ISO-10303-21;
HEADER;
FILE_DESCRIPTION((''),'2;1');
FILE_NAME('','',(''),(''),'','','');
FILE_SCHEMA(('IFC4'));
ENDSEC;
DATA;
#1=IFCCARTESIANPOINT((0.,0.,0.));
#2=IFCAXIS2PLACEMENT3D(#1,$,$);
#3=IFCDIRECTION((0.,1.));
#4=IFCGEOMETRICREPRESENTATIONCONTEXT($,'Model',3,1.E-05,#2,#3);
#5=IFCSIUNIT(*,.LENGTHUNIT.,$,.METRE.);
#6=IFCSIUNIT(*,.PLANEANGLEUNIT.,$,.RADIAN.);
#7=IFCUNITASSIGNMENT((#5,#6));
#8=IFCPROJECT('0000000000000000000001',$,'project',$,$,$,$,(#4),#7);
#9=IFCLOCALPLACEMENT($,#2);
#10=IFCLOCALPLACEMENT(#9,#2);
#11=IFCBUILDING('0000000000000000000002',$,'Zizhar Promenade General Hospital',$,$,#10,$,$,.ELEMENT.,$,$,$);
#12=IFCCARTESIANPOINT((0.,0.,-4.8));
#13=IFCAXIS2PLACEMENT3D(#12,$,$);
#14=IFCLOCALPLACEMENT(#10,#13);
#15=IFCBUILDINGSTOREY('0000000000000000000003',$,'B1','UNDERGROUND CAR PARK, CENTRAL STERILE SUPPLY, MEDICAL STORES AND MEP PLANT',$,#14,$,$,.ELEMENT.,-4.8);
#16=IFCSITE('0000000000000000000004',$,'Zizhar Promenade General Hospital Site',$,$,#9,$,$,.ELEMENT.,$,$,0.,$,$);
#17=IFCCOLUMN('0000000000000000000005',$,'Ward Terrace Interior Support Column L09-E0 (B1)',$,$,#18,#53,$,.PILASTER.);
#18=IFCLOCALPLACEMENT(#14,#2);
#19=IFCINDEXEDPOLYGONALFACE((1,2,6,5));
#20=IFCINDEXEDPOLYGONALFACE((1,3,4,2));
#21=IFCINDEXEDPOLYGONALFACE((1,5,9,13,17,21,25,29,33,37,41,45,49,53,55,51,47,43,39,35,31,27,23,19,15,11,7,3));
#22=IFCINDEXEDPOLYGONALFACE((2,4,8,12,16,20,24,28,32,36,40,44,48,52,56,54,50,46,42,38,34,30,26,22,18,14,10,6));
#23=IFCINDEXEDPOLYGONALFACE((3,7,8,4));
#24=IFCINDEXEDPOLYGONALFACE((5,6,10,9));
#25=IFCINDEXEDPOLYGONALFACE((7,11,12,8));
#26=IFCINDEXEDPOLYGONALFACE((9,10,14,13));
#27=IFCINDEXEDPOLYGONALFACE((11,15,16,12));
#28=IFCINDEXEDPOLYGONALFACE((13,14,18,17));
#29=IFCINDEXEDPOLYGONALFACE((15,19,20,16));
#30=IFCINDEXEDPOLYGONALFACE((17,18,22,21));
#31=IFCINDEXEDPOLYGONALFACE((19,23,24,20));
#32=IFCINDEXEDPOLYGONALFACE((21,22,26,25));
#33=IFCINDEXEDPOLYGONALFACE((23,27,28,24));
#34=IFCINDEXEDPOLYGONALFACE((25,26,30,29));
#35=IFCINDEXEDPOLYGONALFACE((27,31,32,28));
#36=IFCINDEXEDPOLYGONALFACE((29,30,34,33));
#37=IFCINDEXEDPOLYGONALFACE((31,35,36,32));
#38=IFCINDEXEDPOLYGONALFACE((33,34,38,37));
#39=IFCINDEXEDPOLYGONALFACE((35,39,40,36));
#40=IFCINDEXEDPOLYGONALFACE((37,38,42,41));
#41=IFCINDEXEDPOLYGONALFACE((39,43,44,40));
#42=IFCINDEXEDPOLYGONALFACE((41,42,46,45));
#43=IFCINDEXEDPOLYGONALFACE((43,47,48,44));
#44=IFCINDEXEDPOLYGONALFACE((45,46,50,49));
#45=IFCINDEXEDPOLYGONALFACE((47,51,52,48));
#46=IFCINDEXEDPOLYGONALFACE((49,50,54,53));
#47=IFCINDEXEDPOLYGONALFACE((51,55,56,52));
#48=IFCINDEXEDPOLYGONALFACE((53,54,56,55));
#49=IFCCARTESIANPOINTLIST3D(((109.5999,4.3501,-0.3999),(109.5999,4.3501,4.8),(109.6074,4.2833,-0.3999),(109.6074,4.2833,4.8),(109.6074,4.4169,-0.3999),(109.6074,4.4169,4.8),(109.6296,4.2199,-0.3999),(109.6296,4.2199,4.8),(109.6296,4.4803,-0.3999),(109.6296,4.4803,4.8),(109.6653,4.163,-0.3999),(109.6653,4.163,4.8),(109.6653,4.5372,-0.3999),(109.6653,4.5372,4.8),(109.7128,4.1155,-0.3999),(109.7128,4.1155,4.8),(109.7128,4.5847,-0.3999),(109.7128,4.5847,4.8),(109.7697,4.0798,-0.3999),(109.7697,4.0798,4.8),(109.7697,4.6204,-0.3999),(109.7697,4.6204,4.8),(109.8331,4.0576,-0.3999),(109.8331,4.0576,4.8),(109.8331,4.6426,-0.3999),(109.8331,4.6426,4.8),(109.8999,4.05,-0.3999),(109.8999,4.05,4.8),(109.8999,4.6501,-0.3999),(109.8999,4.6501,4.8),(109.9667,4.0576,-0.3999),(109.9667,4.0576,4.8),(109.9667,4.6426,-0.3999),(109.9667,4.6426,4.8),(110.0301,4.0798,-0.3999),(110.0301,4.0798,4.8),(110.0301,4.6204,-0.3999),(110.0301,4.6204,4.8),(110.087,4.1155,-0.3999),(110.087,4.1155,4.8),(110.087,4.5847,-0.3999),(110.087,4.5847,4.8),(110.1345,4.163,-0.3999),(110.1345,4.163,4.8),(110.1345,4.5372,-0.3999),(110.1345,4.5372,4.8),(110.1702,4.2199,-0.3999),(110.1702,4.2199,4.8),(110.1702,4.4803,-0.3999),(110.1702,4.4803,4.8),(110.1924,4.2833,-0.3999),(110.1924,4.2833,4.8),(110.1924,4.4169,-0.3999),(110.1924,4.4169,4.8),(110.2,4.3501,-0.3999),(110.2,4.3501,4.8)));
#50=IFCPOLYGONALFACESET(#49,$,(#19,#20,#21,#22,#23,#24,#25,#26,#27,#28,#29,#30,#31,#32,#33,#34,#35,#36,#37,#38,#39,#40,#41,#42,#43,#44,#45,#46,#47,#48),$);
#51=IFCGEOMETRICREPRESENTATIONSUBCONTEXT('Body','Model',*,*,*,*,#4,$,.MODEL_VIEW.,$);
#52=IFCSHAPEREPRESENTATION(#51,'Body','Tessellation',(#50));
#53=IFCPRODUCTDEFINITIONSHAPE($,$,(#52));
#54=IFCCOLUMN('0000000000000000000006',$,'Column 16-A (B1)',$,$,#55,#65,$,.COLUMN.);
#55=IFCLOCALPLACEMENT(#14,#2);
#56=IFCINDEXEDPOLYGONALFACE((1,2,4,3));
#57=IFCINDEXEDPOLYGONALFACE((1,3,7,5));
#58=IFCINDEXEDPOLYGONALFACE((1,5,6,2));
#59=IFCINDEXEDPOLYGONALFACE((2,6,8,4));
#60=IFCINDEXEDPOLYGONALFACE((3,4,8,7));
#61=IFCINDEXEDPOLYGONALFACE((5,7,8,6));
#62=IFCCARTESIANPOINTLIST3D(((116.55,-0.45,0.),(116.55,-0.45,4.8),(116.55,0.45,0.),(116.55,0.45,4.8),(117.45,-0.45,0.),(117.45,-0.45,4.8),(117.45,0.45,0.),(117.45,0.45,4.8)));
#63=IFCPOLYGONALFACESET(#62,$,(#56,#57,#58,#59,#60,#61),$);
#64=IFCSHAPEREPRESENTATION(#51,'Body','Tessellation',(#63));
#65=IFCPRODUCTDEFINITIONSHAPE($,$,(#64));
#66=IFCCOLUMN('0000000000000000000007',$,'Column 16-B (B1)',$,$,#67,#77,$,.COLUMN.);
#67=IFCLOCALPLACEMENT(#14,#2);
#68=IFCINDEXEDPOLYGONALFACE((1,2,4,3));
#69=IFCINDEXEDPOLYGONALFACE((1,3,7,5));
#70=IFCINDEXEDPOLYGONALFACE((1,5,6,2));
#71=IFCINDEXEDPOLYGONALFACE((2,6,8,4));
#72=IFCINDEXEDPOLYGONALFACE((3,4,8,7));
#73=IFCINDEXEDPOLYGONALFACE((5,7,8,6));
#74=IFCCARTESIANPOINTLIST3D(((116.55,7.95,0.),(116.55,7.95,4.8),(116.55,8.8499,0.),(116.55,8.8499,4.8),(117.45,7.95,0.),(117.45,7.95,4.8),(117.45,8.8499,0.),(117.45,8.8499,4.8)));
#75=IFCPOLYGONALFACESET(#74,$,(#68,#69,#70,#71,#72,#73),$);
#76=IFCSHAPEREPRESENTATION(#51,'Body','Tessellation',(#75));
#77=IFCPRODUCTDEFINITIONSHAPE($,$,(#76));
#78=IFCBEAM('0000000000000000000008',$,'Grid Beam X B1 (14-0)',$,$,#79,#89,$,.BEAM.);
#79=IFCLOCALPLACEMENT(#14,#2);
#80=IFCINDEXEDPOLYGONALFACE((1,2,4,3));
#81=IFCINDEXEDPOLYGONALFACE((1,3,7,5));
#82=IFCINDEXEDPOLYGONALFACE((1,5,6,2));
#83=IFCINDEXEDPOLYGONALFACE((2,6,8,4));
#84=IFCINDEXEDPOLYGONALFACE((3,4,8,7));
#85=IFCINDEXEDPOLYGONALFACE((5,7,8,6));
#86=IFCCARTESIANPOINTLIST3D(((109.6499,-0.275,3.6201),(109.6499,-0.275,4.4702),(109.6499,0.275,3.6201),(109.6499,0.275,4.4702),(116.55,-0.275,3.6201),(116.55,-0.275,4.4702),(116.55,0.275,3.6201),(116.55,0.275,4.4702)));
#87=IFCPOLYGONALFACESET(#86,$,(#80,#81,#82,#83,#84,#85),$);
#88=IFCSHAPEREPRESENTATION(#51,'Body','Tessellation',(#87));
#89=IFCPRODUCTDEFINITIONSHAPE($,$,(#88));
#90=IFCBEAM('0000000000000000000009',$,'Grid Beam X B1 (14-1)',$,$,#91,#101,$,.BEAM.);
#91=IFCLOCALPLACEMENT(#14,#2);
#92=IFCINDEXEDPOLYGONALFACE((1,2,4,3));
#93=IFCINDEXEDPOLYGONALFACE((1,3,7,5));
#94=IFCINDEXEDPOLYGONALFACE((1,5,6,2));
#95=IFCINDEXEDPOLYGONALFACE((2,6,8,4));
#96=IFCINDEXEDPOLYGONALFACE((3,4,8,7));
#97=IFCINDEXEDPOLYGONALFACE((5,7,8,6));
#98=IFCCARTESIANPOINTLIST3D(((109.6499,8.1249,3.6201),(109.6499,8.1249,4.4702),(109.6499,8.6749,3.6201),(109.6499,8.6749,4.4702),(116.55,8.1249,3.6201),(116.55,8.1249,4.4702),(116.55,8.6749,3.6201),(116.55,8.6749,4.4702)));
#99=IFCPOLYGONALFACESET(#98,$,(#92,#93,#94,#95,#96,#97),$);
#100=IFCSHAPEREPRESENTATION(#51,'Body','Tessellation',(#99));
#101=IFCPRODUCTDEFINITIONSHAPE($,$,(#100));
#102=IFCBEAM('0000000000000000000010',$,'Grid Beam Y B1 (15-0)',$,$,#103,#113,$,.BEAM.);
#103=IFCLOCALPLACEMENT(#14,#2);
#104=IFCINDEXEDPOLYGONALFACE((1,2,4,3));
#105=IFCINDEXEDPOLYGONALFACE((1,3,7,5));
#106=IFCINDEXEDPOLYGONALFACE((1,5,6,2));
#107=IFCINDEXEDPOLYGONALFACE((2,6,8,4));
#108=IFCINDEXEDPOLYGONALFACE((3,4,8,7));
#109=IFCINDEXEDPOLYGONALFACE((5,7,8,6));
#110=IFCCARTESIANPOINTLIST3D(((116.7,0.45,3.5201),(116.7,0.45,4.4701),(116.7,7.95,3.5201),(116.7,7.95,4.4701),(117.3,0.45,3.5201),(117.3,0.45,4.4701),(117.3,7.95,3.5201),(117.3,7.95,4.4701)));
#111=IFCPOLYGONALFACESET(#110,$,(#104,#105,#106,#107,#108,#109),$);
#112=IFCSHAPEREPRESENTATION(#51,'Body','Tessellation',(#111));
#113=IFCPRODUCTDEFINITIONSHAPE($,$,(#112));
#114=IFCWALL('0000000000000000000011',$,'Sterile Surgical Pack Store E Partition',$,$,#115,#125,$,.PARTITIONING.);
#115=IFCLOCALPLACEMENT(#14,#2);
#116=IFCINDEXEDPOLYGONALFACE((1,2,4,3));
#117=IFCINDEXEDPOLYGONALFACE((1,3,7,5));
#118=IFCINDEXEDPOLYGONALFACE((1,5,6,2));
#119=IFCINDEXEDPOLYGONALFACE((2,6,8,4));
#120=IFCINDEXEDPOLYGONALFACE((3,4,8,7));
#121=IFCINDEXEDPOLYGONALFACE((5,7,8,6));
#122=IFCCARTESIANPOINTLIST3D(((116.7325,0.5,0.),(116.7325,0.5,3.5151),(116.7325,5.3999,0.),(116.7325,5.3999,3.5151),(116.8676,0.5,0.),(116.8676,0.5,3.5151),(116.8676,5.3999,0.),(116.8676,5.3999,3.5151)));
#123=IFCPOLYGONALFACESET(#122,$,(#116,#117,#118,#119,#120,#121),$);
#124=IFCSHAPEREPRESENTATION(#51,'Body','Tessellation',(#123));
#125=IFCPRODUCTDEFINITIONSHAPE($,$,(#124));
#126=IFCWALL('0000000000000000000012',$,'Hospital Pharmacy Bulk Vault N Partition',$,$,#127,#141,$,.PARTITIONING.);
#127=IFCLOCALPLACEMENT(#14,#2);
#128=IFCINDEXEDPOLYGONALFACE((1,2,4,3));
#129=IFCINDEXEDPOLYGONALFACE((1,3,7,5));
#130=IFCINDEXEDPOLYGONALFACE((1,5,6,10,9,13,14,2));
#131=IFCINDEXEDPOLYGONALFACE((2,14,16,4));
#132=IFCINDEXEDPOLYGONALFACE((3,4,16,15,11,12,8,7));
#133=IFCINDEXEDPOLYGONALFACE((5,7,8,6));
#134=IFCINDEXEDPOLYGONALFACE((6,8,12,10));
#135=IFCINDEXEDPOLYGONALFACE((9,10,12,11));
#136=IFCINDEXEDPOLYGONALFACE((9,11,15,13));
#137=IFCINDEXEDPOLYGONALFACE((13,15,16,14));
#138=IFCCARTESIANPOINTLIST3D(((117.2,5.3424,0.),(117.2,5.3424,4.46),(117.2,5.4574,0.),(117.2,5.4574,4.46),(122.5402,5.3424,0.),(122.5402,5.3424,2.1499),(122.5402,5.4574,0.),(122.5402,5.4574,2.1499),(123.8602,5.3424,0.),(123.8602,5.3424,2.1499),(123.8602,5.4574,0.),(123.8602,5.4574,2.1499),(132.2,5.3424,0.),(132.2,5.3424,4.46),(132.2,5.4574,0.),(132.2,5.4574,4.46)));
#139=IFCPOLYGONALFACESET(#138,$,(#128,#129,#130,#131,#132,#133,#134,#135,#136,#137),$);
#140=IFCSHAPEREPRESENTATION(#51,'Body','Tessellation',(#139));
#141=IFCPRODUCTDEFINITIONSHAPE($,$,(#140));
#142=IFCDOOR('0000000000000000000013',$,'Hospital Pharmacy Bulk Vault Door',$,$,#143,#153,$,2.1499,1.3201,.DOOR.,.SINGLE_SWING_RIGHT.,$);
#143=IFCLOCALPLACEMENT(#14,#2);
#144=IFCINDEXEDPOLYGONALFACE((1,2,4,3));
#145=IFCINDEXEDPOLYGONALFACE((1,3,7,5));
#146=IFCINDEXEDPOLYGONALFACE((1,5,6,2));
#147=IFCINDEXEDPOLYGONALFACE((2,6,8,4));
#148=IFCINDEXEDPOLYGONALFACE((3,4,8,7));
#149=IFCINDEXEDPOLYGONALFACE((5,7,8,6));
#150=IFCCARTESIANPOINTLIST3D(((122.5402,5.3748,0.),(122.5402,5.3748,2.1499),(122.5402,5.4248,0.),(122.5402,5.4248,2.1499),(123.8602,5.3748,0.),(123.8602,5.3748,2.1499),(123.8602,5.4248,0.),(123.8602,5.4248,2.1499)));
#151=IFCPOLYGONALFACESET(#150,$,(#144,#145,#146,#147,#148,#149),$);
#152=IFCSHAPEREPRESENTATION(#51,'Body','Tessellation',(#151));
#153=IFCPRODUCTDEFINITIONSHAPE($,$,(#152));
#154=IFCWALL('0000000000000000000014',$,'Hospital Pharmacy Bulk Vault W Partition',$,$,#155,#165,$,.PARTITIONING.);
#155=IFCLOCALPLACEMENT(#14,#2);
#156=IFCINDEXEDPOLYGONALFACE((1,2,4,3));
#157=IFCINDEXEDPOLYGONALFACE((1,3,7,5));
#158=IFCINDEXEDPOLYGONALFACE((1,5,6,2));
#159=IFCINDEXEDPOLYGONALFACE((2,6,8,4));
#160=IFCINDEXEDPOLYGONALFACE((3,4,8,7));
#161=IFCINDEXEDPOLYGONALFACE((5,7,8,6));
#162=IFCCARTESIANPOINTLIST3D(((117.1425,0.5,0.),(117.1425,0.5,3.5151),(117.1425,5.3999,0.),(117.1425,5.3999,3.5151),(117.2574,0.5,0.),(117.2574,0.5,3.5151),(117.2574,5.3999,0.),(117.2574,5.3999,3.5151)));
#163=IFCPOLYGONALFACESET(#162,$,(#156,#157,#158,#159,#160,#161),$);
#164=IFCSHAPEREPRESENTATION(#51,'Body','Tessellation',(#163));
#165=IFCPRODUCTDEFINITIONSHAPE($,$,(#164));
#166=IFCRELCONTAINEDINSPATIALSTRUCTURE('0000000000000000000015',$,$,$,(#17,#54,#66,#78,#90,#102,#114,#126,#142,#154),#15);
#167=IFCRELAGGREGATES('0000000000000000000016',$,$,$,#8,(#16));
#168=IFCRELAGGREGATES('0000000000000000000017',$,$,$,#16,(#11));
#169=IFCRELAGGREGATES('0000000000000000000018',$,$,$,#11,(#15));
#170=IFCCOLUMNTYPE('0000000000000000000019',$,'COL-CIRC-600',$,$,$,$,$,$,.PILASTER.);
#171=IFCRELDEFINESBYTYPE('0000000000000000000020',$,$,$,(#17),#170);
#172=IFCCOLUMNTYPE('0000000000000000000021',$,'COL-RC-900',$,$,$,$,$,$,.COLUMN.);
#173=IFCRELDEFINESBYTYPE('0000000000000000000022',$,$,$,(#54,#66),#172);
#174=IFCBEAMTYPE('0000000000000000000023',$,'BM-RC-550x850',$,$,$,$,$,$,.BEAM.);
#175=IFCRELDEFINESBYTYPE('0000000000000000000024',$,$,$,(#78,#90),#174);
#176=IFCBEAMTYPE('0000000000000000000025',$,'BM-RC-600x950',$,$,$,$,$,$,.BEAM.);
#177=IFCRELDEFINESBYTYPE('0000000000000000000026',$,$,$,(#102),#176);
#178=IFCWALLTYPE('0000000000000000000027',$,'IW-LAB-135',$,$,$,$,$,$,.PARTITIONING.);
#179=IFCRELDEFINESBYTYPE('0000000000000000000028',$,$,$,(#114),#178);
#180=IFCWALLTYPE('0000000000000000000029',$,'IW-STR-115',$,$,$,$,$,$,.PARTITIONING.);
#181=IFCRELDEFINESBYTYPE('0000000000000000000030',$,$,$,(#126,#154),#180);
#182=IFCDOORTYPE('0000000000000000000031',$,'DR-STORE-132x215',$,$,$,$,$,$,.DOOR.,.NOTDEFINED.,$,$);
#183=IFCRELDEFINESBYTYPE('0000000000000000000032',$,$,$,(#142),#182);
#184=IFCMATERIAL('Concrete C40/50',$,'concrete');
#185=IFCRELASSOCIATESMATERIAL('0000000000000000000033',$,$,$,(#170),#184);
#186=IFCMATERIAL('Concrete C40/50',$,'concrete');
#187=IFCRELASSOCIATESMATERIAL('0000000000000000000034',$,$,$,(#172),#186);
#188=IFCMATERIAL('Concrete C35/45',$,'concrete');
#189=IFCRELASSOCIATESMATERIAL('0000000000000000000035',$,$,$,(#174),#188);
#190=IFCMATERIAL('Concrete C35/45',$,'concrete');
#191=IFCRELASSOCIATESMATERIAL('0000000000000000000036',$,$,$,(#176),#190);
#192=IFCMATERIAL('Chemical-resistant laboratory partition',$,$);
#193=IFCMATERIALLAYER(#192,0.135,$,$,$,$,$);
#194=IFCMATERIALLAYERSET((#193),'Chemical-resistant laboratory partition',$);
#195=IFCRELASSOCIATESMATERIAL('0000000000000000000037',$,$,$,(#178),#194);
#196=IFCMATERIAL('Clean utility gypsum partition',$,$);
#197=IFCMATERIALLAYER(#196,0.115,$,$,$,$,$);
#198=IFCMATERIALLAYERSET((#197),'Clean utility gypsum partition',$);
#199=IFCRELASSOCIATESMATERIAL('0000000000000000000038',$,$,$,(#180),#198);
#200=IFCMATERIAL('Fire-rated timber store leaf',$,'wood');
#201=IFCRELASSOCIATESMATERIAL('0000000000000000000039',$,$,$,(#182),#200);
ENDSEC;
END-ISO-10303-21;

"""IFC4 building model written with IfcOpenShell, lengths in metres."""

from ifc_helpers import new_model, si_unit, direction, frame, frame_2d, origin, origin_2d, place, context, subcontext, project, spatial, rectangle, circle, extrude, material, layer, layer_set, material_profile, profile_set, type_object, element, fill, save


model = new_model("IFC4")

# Units and contexts
model_context = context("Model", 3, precision=1e-05, world=origin(), true_north=direction((0.0, 1.0)))
body_context = subcontext(model_context, "Body", "Model", "MODEL_VIEW")
ifc_project = project(units=[si_unit("LENGTHUNIT", "METRE"), si_unit("PLANEANGLEUNIT", "RADIAN")], contexts=[model_context])

# Site, building, storey
site_placement = place(None, origin())
site = spatial("IfcSite", under=ifc_project, at=site_placement, Name="Zizhar Promenade General Hospital Site", CompositionType="ELEMENT", RefElevation=0.0)
building_placement = place(site_placement, origin())
building = spatial("IfcBuilding", under=site, at=building_placement, Name="Zizhar Promenade General Hospital", CompositionType="ELEMENT")
storey_placement = place(building_placement, frame((0.0, 0.0, -4.8)))
storey = spatial("IfcBuildingStorey", under=building, at=storey_placement, Name="B1", Description="UNDERGROUND CAR PARK, CENTRAL STERILE SUPPLY, MEDICAL STORES AND MEP PLANT", CompositionType="ELEMENT", Elevation=-4.8)

# Columns
ifc_material_1 = material(Name="Concrete C40/50", Category="concrete")
ifc_material_profile_1 = material_profile(ifc_material_1, circle(Radius=0.3, at=origin_2d()))
ifc_profile_set_1 = profile_set([ifc_material_profile_1], Name="Concrete C40/50")
column_type_1 = type_object("IfcColumnType", Name="COL-CIRC-600", PredefinedType="PILASTER", material=ifc_profile_set_1)
column_placement = place(storey_placement, frame((109.8999, 4.3501, -0.3999), z_axis=(0.0, 0.0, 1.0), x_axis=(1.0, 0.0, 0.0)))
element("IfcColumn", 1, at=column_placement, inside=storey, type_object=column_type_1, Name="Ward Terrace Interior Support Column L09-E0 (B1)", PredefinedType="PILASTER", context=body_context, shape_type="SweptSolid", body=[
    extrude(circle(Radius=0.3, at=origin_2d()), origin(), (0.0, 0.0, 1.0), 5.2),
])
ifc_material_2 = material(Name="Concrete C40/50", Category="concrete")
ifc_material_profile_2 = material_profile(ifc_material_2, rectangle(XDim=0.8999, YDim=0.8999, at=origin_2d()))
ifc_profile_set_2 = profile_set([ifc_material_profile_2], Name="Concrete C40/50")
column_type_2 = type_object("IfcColumnType", Name="COL-RC-900", PredefinedType="COLUMN", material=ifc_profile_set_2)
for number, where, z_axis, x_axis, name in (
    (2, (117.0, 0.0, 0.0), (0.0, 0.0, 1.0), (1.0, 0.0, 0.0), "Column 16-A (B1)"),
    (3, (117.0, 8.3999, 0.0), (0.0, 0.0, 1.0), (1.0, 0.0, 0.0), "Column 16-B (B1)"),
):
    element("IfcColumn", number, at=place(storey_placement, frame(where, z_axis=z_axis, x_axis=x_axis)), inside=storey, type_object=column_type_2, Name=name, PredefinedType="COLUMN", context=body_context, shape_type="SweptSolid", body=[
        extrude(rectangle(XDim=0.8999, YDim=0.8999, at=origin_2d()), origin(), (0.0, 0.0, 1.0), 4.8),
    ])

# Beams
ifc_material_3 = material(Name="Concrete C35/45", Category="concrete")
ifc_material_profile_3 = material_profile(ifc_material_3, rectangle(XDim=0.55, YDim=0.8501, at=origin_2d()))
ifc_profile_set_3 = profile_set([ifc_material_profile_3], Name="Concrete C35/45")
beam_type_1 = type_object("IfcBeamType", Name="BM-RC-550x850", PredefinedType="BEAM", material=ifc_profile_set_3)
for number, where, z_axis, x_axis, name in (
    (4, (109.6499, 0.0, 4.0452), (1.0, 0.0, 0.0), (0.0, 1.0, 0.0), "Grid Beam X B1 (14-0)"),
    (5, (109.6499, 8.3999, 4.0452), (1.0, 0.0, 0.0), (0.0, 1.0, 0.0), "Grid Beam X B1 (14-1)"),
):
    element("IfcBeam", number, at=place(storey_placement, frame(where, z_axis=z_axis, x_axis=x_axis)), inside=storey, type_object=beam_type_1, Name=name, PredefinedType="BEAM", context=body_context, shape_type="SweptSolid", body=[
        extrude(rectangle(XDim=0.55, YDim=0.8501, at=origin_2d()), origin(), (0.0, 0.0, 1.0), 6.9001),
    ])
ifc_material_4 = material(Name="Concrete C35/45", Category="concrete")
ifc_material_profile_4 = material_profile(ifc_material_4, rectangle(XDim=0.6001, YDim=0.95, at=origin_2d()))
ifc_profile_set_4 = profile_set([ifc_material_profile_4], Name="Concrete C35/45")
beam_type_2 = type_object("IfcBeamType", Name="BM-RC-600x950", PredefinedType="BEAM", material=ifc_profile_set_4)
beam_placement = place(storey_placement, frame((117.0, 0.45, 3.9951), z_axis=(0.0, 1.0, 0.0), x_axis=(-1.0, 0.0, 0.0)))
element("IfcBeam", 6, at=beam_placement, inside=storey, type_object=beam_type_2, Name="Grid Beam Y B1 (15-0)", PredefinedType="BEAM", context=body_context, shape_type="SweptSolid", body=[
    extrude(rectangle(XDim=0.6001, YDim=0.95, at=origin_2d()), origin(), (0.0, 0.0, 1.0), 7.5),
])

# Wall
ifc_material_5 = material(Name="Chemical-resistant laboratory partition")
ifc_layer_1 = layer(ifc_material_5, 0.135)
ifc_layer_set_1 = layer_set([ifc_layer_1], Name="Chemical-resistant laboratory partition")
wall_type_1 = type_object("IfcWallType", Name="IW-LAB-135", PredefinedType="PARTITIONING", material=ifc_layer_set_1)
wall_1_placement = place(storey_placement, frame((116.8, 0.5, 0.0), z_axis=(0.0, 0.0, 1.0), x_axis=(0.0, 1.0, 0.0)))
element("IfcWall", 7, at=wall_1_placement, inside=storey, type_object=wall_type_1, Name="Sterile Surgical Pack Store E Partition", PredefinedType="PARTITIONING", context=body_context, shape_type="SweptSolid", body=[
    extrude(rectangle(XDim=4.8999, YDim=0.135, at=frame_2d((2.45, 0.0))), origin(), (0.0, 0.0, 1.0), 3.5151),
])

# Wall, opening, door
ifc_material_6 = material(Name="Clean utility gypsum partition")
ifc_layer_2 = layer(ifc_material_6, 0.115)
ifc_layer_set_2 = layer_set([ifc_layer_2], Name="Clean utility gypsum partition")
wall_type_2 = type_object("IfcWallType", Name="IW-STR-115", PredefinedType="PARTITIONING", material=ifc_layer_set_2)
wall_2_placement = place(storey_placement, frame((117.2, 5.3999, 0.0), z_axis=(0.0, 0.0, 1.0), x_axis=(1.0, 0.0, 0.0)))
wall_2 = element("IfcWall", 8, at=wall_2_placement, inside=storey, type_object=wall_type_2, Name="Hospital Pharmacy Bulk Vault N Partition", PredefinedType="PARTITIONING", context=body_context, shape_type="SweptSolid", body=[
    extrude(rectangle(XDim=15.0, YDim=0.115, at=frame_2d((7.5, 0.0))), origin(), (0.0, 0.0, 1.0), 4.46),
])
opening_placement = place(wall_2_placement, frame((5.3401, 0.0, 0.0)))
opening = element("IfcOpeningElement", 9, at=opening_placement, cuts=wall_2, PredefinedType="OPENING", context=body_context, shape_type="SweptSolid", body=[
    extrude(rectangle(XDim=1.3201, YDim=2.1499, at=frame_2d((0.6602, 1.075))), frame((0.0, 0.0674, 0.0), z_axis=(0.0, -1.0, 0.0), x_axis=(1.0, 0.0, 0.0)), (0.0, 0.0, 1.0), 0.135),
])
ifc_material_7 = material(Name="Fire-rated timber store leaf", Category="wood")
door_type = type_object("IfcDoorType", Name="DR-STORE-132x215", OperationType="NOTDEFINED", PredefinedType="DOOR", material=ifc_material_7)
door_placement = place(opening_placement, origin())
door = element("IfcDoor", 10, at=door_placement, inside=storey, type_object=door_type, Name="Hospital Pharmacy Bulk Vault Door", OperationType="SINGLE_SWING_RIGHT", OverallHeight=2.1499, OverallWidth=1.3201, PredefinedType="DOOR", context=body_context, shape_type="SweptSolid", body=[
    extrude(rectangle(XDim=1.3201, YDim=2.1499, at=frame_2d((0.6602, 1.075))), frame((0.0, 0.0249, 0.0), z_axis=(0.0, -1.0, 0.0), x_axis=(1.0, 0.0, 0.0)), (0.0, 0.0, 1.0), 0.05),
])
fill(opening, door)

# Wall
wall_3_placement = place(storey_placement, frame((117.2, 0.5, 0.0), z_axis=(0.0, 0.0, 1.0), x_axis=(0.0, 1.0, 0.0)))
element("IfcWall", 11, at=wall_3_placement, inside=storey, type_object=wall_type_2, Name="Hospital Pharmacy Bulk Vault W Partition", PredefinedType="PARTITIONING", context=body_context, shape_type="SweptSolid", body=[
    extrude(rectangle(XDim=4.8999, YDim=0.115, at=frame_2d((2.45, 0.0))), origin(), (0.0, 0.0, 1.0), 3.5151),
])

save(model, "model.ifc")
